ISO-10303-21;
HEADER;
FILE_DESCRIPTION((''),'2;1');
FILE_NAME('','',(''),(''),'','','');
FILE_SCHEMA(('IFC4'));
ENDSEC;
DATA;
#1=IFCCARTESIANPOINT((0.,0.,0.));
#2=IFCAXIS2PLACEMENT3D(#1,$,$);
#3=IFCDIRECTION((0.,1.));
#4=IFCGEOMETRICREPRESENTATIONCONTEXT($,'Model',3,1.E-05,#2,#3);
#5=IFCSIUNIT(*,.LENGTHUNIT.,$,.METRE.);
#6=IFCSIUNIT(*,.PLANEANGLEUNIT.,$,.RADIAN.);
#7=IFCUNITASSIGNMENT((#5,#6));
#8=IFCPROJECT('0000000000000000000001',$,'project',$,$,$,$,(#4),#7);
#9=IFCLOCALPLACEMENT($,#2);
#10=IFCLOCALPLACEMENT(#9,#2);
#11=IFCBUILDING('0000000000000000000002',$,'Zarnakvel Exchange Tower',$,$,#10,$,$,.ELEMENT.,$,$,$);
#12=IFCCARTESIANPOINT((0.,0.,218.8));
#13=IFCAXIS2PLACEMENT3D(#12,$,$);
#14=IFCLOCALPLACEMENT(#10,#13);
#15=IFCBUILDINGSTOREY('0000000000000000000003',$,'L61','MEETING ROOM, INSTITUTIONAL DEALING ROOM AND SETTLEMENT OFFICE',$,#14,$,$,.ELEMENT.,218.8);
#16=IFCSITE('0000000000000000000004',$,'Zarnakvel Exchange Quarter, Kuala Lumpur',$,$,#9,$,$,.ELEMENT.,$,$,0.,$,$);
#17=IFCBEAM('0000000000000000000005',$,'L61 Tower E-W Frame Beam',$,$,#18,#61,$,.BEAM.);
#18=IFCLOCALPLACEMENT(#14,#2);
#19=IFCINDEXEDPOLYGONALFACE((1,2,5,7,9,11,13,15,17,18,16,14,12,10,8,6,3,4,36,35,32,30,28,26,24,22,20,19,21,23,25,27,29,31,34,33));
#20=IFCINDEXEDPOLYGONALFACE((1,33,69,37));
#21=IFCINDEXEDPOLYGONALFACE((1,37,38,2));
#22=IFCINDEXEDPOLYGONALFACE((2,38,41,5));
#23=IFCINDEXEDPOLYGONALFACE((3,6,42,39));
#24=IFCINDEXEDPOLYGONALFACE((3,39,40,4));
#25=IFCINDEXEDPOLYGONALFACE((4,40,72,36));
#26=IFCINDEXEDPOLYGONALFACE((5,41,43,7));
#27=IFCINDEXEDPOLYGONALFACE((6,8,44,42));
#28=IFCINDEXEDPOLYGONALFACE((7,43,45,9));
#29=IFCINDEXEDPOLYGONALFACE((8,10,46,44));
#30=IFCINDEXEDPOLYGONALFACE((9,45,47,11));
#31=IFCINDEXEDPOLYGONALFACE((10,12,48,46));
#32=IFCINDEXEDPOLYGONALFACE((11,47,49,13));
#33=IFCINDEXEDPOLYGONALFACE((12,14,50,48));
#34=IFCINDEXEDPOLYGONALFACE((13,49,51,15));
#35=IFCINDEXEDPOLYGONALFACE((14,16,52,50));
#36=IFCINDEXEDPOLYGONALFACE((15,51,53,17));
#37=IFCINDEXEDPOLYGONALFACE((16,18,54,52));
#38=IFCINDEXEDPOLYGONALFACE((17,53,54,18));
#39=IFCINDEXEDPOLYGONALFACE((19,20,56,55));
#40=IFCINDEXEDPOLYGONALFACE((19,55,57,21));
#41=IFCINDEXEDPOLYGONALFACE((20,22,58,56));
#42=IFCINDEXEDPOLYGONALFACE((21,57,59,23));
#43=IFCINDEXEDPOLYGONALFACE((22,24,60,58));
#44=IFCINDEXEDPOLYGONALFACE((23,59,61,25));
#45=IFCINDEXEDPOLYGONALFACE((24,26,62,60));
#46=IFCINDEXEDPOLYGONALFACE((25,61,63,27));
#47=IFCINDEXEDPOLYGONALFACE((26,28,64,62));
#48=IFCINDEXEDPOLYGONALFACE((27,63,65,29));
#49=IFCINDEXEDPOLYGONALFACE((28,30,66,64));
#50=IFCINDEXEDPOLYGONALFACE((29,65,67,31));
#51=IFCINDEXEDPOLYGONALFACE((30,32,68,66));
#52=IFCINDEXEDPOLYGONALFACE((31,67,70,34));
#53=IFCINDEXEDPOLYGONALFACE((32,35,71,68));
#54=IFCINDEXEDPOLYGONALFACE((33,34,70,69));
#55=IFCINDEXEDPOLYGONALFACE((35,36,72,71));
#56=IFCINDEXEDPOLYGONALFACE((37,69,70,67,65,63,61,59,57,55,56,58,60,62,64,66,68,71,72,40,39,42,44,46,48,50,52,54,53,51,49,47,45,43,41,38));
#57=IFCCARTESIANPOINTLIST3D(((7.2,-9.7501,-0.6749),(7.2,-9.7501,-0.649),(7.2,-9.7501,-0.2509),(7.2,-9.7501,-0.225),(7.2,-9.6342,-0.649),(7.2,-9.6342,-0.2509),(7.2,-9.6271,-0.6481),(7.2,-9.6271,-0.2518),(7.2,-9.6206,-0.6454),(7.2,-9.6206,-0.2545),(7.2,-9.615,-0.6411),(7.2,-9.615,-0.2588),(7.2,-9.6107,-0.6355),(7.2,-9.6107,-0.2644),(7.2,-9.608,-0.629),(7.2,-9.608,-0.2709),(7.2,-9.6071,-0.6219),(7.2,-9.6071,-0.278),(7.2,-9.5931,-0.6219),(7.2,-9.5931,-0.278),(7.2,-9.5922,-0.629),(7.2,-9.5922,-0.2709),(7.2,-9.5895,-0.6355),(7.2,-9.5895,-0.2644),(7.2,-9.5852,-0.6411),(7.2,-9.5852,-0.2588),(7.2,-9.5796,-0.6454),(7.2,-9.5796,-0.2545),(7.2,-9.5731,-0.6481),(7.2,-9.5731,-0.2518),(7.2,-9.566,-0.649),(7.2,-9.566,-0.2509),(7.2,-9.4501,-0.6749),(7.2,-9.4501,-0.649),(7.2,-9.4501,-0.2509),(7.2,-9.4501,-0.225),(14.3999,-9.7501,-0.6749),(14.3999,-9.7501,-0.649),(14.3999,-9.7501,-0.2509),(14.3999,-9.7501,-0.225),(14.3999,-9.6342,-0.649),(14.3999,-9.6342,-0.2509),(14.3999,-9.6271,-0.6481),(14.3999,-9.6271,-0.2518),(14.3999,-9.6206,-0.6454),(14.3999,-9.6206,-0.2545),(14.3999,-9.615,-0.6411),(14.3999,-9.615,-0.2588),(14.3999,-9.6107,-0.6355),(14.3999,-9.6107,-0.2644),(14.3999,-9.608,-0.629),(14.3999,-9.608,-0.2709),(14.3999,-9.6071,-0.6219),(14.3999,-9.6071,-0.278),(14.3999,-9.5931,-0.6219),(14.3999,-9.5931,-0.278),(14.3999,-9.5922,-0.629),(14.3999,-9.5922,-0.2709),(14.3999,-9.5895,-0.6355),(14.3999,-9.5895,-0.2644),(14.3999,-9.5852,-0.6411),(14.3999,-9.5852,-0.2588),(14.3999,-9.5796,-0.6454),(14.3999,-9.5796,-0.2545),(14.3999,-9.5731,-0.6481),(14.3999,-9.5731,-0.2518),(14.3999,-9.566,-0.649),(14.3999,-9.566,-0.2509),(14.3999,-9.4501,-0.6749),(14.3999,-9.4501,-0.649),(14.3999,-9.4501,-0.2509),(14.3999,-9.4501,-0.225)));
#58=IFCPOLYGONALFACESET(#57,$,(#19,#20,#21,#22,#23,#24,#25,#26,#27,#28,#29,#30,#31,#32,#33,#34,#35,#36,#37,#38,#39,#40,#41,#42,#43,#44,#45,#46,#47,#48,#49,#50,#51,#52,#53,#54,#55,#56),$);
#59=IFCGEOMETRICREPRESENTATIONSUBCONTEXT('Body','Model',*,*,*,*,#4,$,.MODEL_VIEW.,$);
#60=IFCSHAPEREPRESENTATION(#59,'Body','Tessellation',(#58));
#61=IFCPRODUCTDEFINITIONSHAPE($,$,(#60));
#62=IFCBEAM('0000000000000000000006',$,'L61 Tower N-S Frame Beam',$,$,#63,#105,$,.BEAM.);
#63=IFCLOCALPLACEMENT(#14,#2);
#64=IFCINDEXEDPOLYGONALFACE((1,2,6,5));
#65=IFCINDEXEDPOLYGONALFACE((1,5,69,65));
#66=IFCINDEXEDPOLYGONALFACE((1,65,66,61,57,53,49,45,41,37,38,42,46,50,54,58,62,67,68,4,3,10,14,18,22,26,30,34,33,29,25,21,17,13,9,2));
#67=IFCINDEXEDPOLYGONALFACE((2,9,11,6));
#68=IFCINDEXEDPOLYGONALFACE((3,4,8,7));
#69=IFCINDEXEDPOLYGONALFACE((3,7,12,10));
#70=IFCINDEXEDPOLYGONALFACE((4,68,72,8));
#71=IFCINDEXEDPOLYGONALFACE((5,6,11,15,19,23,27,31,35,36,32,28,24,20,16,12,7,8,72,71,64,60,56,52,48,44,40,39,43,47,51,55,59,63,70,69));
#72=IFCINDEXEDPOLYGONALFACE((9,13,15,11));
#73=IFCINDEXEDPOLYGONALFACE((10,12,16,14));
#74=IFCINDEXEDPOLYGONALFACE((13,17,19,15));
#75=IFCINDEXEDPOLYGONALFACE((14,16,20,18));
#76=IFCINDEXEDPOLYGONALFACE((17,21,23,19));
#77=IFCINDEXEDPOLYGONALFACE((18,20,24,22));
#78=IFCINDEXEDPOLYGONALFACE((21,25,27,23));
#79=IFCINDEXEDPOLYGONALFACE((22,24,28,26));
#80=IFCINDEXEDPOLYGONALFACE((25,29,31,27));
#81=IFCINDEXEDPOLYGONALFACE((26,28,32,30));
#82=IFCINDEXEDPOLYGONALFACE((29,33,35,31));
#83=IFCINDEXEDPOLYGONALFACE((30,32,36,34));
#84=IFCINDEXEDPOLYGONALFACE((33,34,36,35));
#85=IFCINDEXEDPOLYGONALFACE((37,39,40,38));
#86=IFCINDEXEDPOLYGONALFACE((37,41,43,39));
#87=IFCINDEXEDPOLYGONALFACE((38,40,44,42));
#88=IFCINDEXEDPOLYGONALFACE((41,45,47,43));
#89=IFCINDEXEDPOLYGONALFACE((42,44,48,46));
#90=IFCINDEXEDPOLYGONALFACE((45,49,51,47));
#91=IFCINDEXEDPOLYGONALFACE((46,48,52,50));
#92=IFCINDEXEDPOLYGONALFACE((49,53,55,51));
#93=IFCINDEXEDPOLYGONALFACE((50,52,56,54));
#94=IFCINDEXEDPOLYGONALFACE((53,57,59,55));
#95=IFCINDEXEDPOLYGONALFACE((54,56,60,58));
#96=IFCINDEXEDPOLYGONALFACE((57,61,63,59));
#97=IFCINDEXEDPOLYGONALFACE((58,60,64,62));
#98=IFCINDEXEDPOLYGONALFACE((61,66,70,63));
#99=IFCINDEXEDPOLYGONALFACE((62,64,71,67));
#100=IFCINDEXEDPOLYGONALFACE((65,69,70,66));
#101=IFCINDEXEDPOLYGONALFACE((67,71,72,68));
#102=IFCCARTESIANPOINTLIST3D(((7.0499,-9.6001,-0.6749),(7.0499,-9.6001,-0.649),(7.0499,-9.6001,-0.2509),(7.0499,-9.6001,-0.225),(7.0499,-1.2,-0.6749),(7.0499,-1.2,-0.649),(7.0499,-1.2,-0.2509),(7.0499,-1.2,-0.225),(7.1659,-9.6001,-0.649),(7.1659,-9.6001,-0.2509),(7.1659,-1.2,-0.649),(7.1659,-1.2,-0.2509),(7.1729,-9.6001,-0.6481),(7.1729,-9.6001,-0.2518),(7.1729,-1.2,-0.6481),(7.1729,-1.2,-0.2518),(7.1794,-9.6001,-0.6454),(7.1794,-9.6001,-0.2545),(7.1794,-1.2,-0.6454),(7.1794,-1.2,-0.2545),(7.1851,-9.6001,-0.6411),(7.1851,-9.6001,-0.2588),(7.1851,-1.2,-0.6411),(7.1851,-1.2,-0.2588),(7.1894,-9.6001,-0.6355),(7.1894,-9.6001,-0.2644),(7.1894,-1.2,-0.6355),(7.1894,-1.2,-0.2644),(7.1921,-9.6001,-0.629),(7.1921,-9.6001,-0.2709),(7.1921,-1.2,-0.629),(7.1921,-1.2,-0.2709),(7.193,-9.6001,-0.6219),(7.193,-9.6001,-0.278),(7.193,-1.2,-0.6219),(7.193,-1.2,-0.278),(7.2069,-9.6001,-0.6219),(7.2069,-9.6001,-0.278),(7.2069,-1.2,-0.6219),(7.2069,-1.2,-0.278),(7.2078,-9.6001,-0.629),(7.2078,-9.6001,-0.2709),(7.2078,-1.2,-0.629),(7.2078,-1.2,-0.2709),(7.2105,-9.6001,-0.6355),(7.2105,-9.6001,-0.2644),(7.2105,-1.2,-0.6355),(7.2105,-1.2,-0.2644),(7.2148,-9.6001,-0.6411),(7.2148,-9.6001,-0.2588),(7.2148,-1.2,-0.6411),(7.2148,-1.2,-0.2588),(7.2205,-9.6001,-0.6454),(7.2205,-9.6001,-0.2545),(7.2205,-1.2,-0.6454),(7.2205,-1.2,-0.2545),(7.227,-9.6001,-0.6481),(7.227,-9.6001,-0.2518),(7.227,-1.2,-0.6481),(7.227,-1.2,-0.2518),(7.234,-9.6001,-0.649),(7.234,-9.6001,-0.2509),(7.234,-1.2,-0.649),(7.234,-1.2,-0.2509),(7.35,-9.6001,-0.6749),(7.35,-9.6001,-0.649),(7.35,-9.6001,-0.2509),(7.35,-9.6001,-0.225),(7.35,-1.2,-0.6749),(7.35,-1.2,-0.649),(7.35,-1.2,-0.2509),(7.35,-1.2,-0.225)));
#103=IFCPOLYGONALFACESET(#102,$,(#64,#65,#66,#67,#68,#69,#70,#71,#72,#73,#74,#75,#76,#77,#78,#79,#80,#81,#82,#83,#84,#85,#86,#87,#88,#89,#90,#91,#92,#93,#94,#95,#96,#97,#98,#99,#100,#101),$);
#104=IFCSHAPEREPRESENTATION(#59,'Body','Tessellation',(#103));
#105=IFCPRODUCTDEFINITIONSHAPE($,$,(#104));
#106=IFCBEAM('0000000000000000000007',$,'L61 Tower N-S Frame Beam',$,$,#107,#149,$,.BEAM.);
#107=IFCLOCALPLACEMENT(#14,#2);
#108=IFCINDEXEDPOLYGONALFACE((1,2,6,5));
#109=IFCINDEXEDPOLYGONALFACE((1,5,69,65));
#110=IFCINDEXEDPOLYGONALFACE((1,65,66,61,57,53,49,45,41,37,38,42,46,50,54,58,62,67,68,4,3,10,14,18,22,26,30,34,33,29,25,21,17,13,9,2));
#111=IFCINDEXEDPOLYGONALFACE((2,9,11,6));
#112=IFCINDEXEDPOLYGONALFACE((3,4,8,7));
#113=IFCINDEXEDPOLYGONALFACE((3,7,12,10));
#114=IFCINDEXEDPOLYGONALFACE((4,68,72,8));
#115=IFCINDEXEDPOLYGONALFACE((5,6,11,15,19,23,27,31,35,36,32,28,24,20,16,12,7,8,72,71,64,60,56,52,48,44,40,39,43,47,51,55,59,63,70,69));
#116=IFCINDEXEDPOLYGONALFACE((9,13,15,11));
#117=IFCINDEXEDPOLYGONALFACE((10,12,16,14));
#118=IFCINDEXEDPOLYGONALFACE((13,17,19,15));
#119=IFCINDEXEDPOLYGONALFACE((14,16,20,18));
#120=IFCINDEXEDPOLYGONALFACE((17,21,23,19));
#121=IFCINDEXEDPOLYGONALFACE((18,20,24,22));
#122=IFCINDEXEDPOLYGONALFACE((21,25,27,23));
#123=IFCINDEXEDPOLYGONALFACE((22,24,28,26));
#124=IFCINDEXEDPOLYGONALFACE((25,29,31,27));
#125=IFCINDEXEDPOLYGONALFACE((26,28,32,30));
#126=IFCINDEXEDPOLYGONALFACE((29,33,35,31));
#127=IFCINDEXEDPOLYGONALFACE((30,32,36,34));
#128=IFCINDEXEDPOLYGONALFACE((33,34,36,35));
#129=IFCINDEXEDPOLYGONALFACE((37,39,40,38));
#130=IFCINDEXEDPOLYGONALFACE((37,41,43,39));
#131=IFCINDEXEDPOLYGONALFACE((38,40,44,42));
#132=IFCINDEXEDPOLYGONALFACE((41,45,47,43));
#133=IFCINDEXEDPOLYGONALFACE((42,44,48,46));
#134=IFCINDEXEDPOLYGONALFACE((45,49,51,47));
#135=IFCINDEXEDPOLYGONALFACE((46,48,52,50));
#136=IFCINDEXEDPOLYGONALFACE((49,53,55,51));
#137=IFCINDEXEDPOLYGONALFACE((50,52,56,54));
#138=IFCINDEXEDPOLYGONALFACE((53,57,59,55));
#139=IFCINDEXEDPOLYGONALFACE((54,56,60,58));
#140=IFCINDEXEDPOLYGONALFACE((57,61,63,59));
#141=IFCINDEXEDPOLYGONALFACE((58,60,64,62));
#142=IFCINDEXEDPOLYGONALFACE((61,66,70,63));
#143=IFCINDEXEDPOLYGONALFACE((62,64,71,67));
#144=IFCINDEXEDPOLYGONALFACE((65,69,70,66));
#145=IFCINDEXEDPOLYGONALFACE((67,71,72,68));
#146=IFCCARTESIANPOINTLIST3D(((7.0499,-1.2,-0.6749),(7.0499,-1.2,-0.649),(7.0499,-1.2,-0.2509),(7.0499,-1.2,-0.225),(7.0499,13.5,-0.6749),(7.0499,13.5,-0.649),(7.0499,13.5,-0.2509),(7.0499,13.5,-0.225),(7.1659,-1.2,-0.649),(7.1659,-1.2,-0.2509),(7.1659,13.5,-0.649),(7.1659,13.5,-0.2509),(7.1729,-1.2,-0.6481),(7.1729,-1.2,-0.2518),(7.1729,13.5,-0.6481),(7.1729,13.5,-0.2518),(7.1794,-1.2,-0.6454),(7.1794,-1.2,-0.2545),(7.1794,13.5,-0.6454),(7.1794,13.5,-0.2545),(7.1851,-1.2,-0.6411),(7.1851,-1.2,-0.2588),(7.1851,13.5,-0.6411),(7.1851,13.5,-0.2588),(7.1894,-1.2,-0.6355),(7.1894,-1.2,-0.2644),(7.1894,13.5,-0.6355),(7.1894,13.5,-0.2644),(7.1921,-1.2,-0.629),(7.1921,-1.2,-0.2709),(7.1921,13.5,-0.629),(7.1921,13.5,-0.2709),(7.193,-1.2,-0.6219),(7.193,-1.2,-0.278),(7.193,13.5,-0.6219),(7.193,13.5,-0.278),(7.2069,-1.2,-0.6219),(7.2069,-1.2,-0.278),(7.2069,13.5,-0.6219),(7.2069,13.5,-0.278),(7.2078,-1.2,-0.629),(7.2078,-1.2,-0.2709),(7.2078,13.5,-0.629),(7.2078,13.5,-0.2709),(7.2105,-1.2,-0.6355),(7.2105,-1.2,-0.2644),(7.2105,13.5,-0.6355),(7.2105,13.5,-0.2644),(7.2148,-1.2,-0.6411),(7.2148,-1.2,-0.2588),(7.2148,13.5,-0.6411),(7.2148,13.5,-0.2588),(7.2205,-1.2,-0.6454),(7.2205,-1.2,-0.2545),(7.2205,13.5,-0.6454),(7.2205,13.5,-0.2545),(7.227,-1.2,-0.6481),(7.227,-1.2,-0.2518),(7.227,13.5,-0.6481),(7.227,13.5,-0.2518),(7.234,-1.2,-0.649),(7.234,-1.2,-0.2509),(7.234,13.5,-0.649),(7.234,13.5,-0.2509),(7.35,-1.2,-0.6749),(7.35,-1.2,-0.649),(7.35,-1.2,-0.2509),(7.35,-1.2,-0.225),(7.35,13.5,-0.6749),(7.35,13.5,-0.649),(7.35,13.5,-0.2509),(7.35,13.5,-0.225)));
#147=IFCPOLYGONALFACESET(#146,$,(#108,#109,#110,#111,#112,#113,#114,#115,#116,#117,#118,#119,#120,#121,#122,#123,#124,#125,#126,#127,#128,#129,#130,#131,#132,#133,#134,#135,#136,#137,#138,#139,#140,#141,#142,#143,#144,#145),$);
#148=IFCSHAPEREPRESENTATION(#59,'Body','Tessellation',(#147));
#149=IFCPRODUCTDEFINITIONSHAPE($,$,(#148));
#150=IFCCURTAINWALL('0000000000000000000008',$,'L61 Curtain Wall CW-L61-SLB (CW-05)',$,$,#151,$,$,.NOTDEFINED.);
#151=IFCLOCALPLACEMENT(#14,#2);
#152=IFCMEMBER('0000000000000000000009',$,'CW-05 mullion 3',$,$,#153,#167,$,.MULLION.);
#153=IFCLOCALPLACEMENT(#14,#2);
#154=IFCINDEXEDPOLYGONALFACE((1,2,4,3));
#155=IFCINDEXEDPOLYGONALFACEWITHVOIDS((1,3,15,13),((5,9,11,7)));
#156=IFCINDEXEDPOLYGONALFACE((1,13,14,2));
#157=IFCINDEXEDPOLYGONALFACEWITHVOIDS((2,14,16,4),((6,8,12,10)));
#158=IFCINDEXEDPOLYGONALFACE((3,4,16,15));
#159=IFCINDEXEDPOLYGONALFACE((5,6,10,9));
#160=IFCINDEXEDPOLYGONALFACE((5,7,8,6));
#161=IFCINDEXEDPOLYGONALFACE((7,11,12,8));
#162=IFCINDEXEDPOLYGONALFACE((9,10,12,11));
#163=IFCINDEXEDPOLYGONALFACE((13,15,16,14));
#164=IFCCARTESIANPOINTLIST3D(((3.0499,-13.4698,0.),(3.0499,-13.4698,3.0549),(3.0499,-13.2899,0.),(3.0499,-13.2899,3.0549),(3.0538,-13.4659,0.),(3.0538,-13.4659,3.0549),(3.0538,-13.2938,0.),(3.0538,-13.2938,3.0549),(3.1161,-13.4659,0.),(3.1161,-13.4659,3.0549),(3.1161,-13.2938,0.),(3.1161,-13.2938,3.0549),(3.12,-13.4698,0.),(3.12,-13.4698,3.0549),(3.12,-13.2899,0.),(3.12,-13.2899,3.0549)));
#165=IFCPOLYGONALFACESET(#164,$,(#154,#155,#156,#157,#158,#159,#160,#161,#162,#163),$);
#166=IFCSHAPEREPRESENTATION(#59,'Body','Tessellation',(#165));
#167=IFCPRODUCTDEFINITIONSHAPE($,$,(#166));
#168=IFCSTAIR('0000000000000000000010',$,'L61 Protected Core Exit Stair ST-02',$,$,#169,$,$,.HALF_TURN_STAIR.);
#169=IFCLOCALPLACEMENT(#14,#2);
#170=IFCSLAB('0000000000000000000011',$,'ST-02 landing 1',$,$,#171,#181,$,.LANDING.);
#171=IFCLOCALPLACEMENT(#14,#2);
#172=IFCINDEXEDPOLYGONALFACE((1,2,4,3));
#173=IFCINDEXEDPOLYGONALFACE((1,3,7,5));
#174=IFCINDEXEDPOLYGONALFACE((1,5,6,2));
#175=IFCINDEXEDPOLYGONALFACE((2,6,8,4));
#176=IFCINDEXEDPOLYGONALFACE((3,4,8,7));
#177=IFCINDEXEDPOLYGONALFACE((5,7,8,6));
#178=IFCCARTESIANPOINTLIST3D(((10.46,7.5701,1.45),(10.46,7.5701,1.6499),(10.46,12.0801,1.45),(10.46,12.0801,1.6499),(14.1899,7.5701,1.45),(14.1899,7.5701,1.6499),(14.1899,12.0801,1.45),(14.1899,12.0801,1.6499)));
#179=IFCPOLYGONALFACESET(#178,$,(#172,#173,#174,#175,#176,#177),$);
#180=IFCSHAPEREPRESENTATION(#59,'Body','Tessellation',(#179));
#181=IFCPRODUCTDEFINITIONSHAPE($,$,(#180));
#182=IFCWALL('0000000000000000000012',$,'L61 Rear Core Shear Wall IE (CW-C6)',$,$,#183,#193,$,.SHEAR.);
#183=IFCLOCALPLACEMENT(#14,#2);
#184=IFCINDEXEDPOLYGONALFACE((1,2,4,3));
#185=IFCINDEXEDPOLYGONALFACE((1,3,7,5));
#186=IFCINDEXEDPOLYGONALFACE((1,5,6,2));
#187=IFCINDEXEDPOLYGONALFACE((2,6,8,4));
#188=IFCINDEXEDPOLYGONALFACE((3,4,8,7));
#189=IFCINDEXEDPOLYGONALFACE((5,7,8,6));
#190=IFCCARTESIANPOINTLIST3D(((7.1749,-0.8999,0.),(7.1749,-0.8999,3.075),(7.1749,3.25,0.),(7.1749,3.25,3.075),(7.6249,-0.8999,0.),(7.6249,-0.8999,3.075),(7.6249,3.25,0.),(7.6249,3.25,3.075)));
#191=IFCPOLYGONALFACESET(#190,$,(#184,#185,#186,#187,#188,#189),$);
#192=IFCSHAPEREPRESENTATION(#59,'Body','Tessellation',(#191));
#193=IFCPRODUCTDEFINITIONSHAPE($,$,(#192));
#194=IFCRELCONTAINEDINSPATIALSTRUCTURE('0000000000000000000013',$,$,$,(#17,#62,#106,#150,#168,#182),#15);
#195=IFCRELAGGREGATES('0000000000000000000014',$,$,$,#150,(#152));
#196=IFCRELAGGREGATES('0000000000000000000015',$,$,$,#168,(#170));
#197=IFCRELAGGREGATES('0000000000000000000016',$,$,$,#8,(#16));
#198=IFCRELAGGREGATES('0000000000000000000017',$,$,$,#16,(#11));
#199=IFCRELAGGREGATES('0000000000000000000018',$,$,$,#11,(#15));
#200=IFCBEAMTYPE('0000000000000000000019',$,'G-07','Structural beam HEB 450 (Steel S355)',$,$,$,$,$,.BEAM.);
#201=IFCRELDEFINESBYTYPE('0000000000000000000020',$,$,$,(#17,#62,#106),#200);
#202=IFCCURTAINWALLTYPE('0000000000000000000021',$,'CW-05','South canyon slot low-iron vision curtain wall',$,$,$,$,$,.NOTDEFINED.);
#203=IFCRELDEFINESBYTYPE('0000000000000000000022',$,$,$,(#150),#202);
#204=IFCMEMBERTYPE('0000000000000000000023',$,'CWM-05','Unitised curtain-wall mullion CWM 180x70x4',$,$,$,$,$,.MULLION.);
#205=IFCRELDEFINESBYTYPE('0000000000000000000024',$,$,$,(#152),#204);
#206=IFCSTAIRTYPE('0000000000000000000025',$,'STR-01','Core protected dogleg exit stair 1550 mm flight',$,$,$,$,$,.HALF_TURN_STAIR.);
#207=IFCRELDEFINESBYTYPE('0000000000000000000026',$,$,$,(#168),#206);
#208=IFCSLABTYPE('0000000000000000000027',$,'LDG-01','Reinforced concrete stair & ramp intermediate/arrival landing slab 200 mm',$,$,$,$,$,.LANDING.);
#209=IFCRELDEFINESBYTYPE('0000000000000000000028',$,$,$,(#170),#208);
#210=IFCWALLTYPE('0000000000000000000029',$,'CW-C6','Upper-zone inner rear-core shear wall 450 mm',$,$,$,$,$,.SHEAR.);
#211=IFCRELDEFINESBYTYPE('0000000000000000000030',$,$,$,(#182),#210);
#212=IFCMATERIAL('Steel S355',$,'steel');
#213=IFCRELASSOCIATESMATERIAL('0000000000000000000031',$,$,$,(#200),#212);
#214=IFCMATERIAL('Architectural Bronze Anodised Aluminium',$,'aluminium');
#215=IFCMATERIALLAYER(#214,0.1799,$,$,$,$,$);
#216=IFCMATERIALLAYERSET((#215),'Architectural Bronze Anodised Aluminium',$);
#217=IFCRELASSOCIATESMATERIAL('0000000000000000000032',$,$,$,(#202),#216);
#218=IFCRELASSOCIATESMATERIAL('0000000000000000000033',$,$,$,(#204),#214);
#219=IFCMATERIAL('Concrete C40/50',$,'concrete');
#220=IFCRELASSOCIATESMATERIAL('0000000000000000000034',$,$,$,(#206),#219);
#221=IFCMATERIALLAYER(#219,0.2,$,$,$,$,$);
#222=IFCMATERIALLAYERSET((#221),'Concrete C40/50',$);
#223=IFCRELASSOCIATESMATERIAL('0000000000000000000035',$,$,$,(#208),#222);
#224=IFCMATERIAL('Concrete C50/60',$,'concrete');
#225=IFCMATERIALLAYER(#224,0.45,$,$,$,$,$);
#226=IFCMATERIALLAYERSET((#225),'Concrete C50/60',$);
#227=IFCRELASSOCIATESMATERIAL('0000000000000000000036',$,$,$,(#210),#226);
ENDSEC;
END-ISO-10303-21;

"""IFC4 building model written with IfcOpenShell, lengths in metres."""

from ifc_helpers import new_model, si_unit, direction, frame, frame_2d, origin, origin_2d, place, context, subcontext, project, spatial, polyline, rectangle, hollow_rectangle, i_section, outline, extrude, source, transform, mapped, material, layer, layer_set, material_profile, profile_set, type_object, element, aggregate, save


model = new_model("IFC4")

# Units and contexts
model_context = context("Model", 3, precision=1e-05, world=origin(), true_north=direction((0.0, 1.0)))
body_context = subcontext(model_context, "Body", "Model", "MODEL_VIEW")
ifc_project = project(units=[si_unit("LENGTHUNIT", "METRE"), si_unit("PLANEANGLEUNIT", "RADIAN")], contexts=[model_context])

# Site, building, storey
site_placement = place(None, origin())
site = spatial("IfcSite", under=ifc_project, at=site_placement, Name="Zarnakvel Exchange Quarter, Kuala Lumpur", CompositionType="ELEMENT", RefElevation=0.0)
building_placement = place(site_placement, origin())
building = spatial("IfcBuilding", under=site, at=building_placement, Name="Zarnakvel Exchange Tower", CompositionType="ELEMENT")
storey_placement = place(building_placement, frame((0.0, 0.0, 218.8)))
storey = spatial("IfcBuildingStorey", under=building, at=storey_placement, Name="L61", Description="MEETING ROOM, INSTITUTIONAL DEALING ROOM AND SETTLEMENT OFFICE", CompositionType="ELEMENT", Elevation=218.8)

# Shared definitions
ifc_material_1 = material(Name="Concrete C50/60", Category="concrete")

# Beams
ifc_material_2 = material(Name="Steel S355", Category="steel")
ifc_material_profile_1 = material_profile(ifc_material_2, i_section(OverallWidth=0.3, OverallDepth=0.45, WebThickness=0.0139, FlangeThickness=0.0259, FilletRadius=0.0271, at=origin_2d()))
ifc_profile_set_1 = profile_set([ifc_material_profile_1], Name="Steel S355")
beam_type_1 = type_object("IfcBeamType", Name="G-07", Description="Structural beam HEB 450 (Steel S355)", PredefinedType="BEAM", material=ifc_profile_set_1)
beam_1_placement = place(storey_placement, frame((7.2, -9.6001, -0.45), z_axis=(1.0, 0.0, 0.0), x_axis=(0.0, 1.0, 0.0)))
element("IfcBeam", 1, at=beam_1_placement, inside=storey, type_object=beam_type_1, Name="L61 Tower E-W Frame Beam", PredefinedType="BEAM", context=body_context, shape_type="SweptSolid", body=[
    extrude(i_section(OverallWidth=0.3, OverallDepth=0.45, WebThickness=0.0139, FlangeThickness=0.0259, FilletRadius=0.0271, at=origin_2d()), origin(), (0.0, 0.0, 1.0), 7.2),
])
beam_2_placement = place(storey_placement, frame((7.2, -9.6001, -0.45), z_axis=(0.0, 1.0, 0.0), x_axis=(-1.0, 0.0, 0.0)))
element("IfcBeam", 2, at=beam_2_placement, inside=storey, type_object=beam_type_1, Name="L61 Tower N-S Frame Beam", PredefinedType="BEAM", context=body_context, shape_type="SweptSolid", body=[
    extrude(i_section(OverallWidth=0.3, OverallDepth=0.45, WebThickness=0.0139, FlangeThickness=0.0259, FilletRadius=0.0271, at=origin_2d()), origin(), (0.0, 0.0, 1.0), 8.4001),
])
beam_3_placement = place(storey_placement, frame((7.2, -1.2, -0.45), z_axis=(0.0, 1.0, 0.0), x_axis=(-1.0, 0.0, 0.0)))
element("IfcBeam", 3, at=beam_3_placement, inside=storey, type_object=beam_type_1, Name="L61 Tower N-S Frame Beam", PredefinedType="BEAM", context=body_context, shape_type="SweptSolid", body=[
    extrude(i_section(OverallWidth=0.3, OverallDepth=0.45, WebThickness=0.0139, FlangeThickness=0.0259, FilletRadius=0.0271, at=origin_2d()), origin(), (0.0, 0.0, 1.0), 14.7),
])

# Curtain wall, member
ifc_material_3 = material(Name="Architectural Bronze Anodised Aluminium", Category="aluminium")
ifc_layer_1 = layer(ifc_material_3, 0.1799)
ifc_layer_set_1 = layer_set([ifc_layer_1], Name="Architectural Bronze Anodised Aluminium")
curtain_wall_type = type_object("IfcCurtainWallType", Name="CW-05", Description="South canyon slot low-iron vision curtain wall", PredefinedType="NOTDEFINED", material=ifc_layer_set_1)
curtain_wall_placement = place(storey_placement, origin())
curtain_wall = element("IfcCurtainWall", 4, at=curtain_wall_placement, inside=storey, type_object=curtain_wall_type, Name="L61 Curtain Wall CW-L61-SLB (CW-05)", PredefinedType="NOTDEFINED")
ifc_material_profile_2 = material_profile(ifc_material_3, hollow_rectangle(XDim=0.1799, YDim=0.0701, WallThickness=0.0039, at=origin_2d()))
ifc_profile_set_2 = profile_set([ifc_material_profile_2], Name="Architectural Bronze Anodised Aluminium")
member_type = type_object("IfcMemberType", Name="CWM-05", Description="Unitised curtain-wall mullion CWM 180x70x4", PredefinedType="MULLION", material=ifc_profile_set_2)
shared_shape_1 = source(origin(), body_context, "Body", "SweptSolid", [
    extrude(hollow_rectangle(XDim=0.1799, YDim=0.0701, WallThickness=0.0039, at=origin_2d()), origin(), (0.0, 0.0, 1.0), 3.0549),
])
member_placement = place(storey_placement, frame((3.085, -13.3799, 0.0), z_axis=(0.0, 0.0, 1.0), x_axis=(0.0, 1.0, 0.0)))
member = element("IfcMember", 5, at=member_placement, type_object=member_type, Name="CW-05 mullion 3", PredefinedType="MULLION", context=body_context, shape_type="MappedRepresentation", body=[
    mapped(shared_shape_1, transform((0.0, 0.0, 0.0), x_axis=(1.0, 0.0, 0.0), y_axis=(0.0, 1.0, 0.0), z_axis=(0.0, 0.0, 1.0), scale=1.0)),
])
aggregate(curtain_wall, [member])

# Stair, slab
ifc_material_4 = material(Name="Concrete C40/50", Category="concrete")
stair_type = type_object("IfcStairType", Name="STR-01", Description="Core protected dogleg exit stair 1550 mm flight", PredefinedType="HALF_TURN_STAIR", material=ifc_material_4)
stair_placement = place(storey_placement, origin())
stair = element("IfcStair", 6, at=stair_placement, inside=storey, type_object=stair_type, Name="L61 Protected Core Exit Stair ST-02", PredefinedType="HALF_TURN_STAIR")
ifc_layer_2 = layer(ifc_material_4, 0.2)
ifc_layer_set_2 = layer_set([ifc_layer_2], Name="Concrete C40/50")
slab_type = type_object("IfcSlabType", Name="LDG-01", Description="Reinforced concrete stair & ramp intermediate/arrival landing slab 200 mm", PredefinedType="LANDING", material=ifc_layer_set_2)
slab_placement = place(storey_placement, frame((0.0, 0.0, 1.45)))
slab = element("IfcSlab", 7, at=slab_placement, type_object=slab_type, Name="ST-02 landing 1", PredefinedType="LANDING", context=body_context, shape_type="SweptSolid", body=[
    extrude(outline(polyline([(10.46, 7.5701), (14.1899, 7.5701), (14.1899, 12.0801), (10.46, 12.0801), (10.46, 7.5701)])), origin(), (0.0, 0.0, 1.0), 0.2),
])
aggregate(stair, [slab])

# Wall
ifc_layer_3 = layer(ifc_material_1, 0.45)
ifc_layer_set_3 = layer_set([ifc_layer_3], Name="Concrete C50/60")
wall_type_1 = type_object("IfcWallType", Name="CW-C6", Description="Upper-zone inner rear-core shear wall 450 mm", PredefinedType="SHEAR", material=ifc_layer_set_3)
wall_1_placement = place(storey_placement, frame((7.3999, -0.8999, 0.0), z_axis=(0.0, 0.0, 1.0), x_axis=(0.0, 1.0, 0.0)))
element("IfcWall", 8, at=wall_1_placement, inside=storey, type_object=wall_type_1, Name="L61 Rear Core Shear Wall IE (CW-C6)", PredefinedType="SHEAR", context=body_context, shape_type="SweptSolid", body=[
    extrude(rectangle(XDim=4.1499, YDim=0.45, at=frame_2d((2.075, 0.0))), origin(), (0.0, 0.0, 1.0), 3.075),
])

save(model, "model.ifc")
